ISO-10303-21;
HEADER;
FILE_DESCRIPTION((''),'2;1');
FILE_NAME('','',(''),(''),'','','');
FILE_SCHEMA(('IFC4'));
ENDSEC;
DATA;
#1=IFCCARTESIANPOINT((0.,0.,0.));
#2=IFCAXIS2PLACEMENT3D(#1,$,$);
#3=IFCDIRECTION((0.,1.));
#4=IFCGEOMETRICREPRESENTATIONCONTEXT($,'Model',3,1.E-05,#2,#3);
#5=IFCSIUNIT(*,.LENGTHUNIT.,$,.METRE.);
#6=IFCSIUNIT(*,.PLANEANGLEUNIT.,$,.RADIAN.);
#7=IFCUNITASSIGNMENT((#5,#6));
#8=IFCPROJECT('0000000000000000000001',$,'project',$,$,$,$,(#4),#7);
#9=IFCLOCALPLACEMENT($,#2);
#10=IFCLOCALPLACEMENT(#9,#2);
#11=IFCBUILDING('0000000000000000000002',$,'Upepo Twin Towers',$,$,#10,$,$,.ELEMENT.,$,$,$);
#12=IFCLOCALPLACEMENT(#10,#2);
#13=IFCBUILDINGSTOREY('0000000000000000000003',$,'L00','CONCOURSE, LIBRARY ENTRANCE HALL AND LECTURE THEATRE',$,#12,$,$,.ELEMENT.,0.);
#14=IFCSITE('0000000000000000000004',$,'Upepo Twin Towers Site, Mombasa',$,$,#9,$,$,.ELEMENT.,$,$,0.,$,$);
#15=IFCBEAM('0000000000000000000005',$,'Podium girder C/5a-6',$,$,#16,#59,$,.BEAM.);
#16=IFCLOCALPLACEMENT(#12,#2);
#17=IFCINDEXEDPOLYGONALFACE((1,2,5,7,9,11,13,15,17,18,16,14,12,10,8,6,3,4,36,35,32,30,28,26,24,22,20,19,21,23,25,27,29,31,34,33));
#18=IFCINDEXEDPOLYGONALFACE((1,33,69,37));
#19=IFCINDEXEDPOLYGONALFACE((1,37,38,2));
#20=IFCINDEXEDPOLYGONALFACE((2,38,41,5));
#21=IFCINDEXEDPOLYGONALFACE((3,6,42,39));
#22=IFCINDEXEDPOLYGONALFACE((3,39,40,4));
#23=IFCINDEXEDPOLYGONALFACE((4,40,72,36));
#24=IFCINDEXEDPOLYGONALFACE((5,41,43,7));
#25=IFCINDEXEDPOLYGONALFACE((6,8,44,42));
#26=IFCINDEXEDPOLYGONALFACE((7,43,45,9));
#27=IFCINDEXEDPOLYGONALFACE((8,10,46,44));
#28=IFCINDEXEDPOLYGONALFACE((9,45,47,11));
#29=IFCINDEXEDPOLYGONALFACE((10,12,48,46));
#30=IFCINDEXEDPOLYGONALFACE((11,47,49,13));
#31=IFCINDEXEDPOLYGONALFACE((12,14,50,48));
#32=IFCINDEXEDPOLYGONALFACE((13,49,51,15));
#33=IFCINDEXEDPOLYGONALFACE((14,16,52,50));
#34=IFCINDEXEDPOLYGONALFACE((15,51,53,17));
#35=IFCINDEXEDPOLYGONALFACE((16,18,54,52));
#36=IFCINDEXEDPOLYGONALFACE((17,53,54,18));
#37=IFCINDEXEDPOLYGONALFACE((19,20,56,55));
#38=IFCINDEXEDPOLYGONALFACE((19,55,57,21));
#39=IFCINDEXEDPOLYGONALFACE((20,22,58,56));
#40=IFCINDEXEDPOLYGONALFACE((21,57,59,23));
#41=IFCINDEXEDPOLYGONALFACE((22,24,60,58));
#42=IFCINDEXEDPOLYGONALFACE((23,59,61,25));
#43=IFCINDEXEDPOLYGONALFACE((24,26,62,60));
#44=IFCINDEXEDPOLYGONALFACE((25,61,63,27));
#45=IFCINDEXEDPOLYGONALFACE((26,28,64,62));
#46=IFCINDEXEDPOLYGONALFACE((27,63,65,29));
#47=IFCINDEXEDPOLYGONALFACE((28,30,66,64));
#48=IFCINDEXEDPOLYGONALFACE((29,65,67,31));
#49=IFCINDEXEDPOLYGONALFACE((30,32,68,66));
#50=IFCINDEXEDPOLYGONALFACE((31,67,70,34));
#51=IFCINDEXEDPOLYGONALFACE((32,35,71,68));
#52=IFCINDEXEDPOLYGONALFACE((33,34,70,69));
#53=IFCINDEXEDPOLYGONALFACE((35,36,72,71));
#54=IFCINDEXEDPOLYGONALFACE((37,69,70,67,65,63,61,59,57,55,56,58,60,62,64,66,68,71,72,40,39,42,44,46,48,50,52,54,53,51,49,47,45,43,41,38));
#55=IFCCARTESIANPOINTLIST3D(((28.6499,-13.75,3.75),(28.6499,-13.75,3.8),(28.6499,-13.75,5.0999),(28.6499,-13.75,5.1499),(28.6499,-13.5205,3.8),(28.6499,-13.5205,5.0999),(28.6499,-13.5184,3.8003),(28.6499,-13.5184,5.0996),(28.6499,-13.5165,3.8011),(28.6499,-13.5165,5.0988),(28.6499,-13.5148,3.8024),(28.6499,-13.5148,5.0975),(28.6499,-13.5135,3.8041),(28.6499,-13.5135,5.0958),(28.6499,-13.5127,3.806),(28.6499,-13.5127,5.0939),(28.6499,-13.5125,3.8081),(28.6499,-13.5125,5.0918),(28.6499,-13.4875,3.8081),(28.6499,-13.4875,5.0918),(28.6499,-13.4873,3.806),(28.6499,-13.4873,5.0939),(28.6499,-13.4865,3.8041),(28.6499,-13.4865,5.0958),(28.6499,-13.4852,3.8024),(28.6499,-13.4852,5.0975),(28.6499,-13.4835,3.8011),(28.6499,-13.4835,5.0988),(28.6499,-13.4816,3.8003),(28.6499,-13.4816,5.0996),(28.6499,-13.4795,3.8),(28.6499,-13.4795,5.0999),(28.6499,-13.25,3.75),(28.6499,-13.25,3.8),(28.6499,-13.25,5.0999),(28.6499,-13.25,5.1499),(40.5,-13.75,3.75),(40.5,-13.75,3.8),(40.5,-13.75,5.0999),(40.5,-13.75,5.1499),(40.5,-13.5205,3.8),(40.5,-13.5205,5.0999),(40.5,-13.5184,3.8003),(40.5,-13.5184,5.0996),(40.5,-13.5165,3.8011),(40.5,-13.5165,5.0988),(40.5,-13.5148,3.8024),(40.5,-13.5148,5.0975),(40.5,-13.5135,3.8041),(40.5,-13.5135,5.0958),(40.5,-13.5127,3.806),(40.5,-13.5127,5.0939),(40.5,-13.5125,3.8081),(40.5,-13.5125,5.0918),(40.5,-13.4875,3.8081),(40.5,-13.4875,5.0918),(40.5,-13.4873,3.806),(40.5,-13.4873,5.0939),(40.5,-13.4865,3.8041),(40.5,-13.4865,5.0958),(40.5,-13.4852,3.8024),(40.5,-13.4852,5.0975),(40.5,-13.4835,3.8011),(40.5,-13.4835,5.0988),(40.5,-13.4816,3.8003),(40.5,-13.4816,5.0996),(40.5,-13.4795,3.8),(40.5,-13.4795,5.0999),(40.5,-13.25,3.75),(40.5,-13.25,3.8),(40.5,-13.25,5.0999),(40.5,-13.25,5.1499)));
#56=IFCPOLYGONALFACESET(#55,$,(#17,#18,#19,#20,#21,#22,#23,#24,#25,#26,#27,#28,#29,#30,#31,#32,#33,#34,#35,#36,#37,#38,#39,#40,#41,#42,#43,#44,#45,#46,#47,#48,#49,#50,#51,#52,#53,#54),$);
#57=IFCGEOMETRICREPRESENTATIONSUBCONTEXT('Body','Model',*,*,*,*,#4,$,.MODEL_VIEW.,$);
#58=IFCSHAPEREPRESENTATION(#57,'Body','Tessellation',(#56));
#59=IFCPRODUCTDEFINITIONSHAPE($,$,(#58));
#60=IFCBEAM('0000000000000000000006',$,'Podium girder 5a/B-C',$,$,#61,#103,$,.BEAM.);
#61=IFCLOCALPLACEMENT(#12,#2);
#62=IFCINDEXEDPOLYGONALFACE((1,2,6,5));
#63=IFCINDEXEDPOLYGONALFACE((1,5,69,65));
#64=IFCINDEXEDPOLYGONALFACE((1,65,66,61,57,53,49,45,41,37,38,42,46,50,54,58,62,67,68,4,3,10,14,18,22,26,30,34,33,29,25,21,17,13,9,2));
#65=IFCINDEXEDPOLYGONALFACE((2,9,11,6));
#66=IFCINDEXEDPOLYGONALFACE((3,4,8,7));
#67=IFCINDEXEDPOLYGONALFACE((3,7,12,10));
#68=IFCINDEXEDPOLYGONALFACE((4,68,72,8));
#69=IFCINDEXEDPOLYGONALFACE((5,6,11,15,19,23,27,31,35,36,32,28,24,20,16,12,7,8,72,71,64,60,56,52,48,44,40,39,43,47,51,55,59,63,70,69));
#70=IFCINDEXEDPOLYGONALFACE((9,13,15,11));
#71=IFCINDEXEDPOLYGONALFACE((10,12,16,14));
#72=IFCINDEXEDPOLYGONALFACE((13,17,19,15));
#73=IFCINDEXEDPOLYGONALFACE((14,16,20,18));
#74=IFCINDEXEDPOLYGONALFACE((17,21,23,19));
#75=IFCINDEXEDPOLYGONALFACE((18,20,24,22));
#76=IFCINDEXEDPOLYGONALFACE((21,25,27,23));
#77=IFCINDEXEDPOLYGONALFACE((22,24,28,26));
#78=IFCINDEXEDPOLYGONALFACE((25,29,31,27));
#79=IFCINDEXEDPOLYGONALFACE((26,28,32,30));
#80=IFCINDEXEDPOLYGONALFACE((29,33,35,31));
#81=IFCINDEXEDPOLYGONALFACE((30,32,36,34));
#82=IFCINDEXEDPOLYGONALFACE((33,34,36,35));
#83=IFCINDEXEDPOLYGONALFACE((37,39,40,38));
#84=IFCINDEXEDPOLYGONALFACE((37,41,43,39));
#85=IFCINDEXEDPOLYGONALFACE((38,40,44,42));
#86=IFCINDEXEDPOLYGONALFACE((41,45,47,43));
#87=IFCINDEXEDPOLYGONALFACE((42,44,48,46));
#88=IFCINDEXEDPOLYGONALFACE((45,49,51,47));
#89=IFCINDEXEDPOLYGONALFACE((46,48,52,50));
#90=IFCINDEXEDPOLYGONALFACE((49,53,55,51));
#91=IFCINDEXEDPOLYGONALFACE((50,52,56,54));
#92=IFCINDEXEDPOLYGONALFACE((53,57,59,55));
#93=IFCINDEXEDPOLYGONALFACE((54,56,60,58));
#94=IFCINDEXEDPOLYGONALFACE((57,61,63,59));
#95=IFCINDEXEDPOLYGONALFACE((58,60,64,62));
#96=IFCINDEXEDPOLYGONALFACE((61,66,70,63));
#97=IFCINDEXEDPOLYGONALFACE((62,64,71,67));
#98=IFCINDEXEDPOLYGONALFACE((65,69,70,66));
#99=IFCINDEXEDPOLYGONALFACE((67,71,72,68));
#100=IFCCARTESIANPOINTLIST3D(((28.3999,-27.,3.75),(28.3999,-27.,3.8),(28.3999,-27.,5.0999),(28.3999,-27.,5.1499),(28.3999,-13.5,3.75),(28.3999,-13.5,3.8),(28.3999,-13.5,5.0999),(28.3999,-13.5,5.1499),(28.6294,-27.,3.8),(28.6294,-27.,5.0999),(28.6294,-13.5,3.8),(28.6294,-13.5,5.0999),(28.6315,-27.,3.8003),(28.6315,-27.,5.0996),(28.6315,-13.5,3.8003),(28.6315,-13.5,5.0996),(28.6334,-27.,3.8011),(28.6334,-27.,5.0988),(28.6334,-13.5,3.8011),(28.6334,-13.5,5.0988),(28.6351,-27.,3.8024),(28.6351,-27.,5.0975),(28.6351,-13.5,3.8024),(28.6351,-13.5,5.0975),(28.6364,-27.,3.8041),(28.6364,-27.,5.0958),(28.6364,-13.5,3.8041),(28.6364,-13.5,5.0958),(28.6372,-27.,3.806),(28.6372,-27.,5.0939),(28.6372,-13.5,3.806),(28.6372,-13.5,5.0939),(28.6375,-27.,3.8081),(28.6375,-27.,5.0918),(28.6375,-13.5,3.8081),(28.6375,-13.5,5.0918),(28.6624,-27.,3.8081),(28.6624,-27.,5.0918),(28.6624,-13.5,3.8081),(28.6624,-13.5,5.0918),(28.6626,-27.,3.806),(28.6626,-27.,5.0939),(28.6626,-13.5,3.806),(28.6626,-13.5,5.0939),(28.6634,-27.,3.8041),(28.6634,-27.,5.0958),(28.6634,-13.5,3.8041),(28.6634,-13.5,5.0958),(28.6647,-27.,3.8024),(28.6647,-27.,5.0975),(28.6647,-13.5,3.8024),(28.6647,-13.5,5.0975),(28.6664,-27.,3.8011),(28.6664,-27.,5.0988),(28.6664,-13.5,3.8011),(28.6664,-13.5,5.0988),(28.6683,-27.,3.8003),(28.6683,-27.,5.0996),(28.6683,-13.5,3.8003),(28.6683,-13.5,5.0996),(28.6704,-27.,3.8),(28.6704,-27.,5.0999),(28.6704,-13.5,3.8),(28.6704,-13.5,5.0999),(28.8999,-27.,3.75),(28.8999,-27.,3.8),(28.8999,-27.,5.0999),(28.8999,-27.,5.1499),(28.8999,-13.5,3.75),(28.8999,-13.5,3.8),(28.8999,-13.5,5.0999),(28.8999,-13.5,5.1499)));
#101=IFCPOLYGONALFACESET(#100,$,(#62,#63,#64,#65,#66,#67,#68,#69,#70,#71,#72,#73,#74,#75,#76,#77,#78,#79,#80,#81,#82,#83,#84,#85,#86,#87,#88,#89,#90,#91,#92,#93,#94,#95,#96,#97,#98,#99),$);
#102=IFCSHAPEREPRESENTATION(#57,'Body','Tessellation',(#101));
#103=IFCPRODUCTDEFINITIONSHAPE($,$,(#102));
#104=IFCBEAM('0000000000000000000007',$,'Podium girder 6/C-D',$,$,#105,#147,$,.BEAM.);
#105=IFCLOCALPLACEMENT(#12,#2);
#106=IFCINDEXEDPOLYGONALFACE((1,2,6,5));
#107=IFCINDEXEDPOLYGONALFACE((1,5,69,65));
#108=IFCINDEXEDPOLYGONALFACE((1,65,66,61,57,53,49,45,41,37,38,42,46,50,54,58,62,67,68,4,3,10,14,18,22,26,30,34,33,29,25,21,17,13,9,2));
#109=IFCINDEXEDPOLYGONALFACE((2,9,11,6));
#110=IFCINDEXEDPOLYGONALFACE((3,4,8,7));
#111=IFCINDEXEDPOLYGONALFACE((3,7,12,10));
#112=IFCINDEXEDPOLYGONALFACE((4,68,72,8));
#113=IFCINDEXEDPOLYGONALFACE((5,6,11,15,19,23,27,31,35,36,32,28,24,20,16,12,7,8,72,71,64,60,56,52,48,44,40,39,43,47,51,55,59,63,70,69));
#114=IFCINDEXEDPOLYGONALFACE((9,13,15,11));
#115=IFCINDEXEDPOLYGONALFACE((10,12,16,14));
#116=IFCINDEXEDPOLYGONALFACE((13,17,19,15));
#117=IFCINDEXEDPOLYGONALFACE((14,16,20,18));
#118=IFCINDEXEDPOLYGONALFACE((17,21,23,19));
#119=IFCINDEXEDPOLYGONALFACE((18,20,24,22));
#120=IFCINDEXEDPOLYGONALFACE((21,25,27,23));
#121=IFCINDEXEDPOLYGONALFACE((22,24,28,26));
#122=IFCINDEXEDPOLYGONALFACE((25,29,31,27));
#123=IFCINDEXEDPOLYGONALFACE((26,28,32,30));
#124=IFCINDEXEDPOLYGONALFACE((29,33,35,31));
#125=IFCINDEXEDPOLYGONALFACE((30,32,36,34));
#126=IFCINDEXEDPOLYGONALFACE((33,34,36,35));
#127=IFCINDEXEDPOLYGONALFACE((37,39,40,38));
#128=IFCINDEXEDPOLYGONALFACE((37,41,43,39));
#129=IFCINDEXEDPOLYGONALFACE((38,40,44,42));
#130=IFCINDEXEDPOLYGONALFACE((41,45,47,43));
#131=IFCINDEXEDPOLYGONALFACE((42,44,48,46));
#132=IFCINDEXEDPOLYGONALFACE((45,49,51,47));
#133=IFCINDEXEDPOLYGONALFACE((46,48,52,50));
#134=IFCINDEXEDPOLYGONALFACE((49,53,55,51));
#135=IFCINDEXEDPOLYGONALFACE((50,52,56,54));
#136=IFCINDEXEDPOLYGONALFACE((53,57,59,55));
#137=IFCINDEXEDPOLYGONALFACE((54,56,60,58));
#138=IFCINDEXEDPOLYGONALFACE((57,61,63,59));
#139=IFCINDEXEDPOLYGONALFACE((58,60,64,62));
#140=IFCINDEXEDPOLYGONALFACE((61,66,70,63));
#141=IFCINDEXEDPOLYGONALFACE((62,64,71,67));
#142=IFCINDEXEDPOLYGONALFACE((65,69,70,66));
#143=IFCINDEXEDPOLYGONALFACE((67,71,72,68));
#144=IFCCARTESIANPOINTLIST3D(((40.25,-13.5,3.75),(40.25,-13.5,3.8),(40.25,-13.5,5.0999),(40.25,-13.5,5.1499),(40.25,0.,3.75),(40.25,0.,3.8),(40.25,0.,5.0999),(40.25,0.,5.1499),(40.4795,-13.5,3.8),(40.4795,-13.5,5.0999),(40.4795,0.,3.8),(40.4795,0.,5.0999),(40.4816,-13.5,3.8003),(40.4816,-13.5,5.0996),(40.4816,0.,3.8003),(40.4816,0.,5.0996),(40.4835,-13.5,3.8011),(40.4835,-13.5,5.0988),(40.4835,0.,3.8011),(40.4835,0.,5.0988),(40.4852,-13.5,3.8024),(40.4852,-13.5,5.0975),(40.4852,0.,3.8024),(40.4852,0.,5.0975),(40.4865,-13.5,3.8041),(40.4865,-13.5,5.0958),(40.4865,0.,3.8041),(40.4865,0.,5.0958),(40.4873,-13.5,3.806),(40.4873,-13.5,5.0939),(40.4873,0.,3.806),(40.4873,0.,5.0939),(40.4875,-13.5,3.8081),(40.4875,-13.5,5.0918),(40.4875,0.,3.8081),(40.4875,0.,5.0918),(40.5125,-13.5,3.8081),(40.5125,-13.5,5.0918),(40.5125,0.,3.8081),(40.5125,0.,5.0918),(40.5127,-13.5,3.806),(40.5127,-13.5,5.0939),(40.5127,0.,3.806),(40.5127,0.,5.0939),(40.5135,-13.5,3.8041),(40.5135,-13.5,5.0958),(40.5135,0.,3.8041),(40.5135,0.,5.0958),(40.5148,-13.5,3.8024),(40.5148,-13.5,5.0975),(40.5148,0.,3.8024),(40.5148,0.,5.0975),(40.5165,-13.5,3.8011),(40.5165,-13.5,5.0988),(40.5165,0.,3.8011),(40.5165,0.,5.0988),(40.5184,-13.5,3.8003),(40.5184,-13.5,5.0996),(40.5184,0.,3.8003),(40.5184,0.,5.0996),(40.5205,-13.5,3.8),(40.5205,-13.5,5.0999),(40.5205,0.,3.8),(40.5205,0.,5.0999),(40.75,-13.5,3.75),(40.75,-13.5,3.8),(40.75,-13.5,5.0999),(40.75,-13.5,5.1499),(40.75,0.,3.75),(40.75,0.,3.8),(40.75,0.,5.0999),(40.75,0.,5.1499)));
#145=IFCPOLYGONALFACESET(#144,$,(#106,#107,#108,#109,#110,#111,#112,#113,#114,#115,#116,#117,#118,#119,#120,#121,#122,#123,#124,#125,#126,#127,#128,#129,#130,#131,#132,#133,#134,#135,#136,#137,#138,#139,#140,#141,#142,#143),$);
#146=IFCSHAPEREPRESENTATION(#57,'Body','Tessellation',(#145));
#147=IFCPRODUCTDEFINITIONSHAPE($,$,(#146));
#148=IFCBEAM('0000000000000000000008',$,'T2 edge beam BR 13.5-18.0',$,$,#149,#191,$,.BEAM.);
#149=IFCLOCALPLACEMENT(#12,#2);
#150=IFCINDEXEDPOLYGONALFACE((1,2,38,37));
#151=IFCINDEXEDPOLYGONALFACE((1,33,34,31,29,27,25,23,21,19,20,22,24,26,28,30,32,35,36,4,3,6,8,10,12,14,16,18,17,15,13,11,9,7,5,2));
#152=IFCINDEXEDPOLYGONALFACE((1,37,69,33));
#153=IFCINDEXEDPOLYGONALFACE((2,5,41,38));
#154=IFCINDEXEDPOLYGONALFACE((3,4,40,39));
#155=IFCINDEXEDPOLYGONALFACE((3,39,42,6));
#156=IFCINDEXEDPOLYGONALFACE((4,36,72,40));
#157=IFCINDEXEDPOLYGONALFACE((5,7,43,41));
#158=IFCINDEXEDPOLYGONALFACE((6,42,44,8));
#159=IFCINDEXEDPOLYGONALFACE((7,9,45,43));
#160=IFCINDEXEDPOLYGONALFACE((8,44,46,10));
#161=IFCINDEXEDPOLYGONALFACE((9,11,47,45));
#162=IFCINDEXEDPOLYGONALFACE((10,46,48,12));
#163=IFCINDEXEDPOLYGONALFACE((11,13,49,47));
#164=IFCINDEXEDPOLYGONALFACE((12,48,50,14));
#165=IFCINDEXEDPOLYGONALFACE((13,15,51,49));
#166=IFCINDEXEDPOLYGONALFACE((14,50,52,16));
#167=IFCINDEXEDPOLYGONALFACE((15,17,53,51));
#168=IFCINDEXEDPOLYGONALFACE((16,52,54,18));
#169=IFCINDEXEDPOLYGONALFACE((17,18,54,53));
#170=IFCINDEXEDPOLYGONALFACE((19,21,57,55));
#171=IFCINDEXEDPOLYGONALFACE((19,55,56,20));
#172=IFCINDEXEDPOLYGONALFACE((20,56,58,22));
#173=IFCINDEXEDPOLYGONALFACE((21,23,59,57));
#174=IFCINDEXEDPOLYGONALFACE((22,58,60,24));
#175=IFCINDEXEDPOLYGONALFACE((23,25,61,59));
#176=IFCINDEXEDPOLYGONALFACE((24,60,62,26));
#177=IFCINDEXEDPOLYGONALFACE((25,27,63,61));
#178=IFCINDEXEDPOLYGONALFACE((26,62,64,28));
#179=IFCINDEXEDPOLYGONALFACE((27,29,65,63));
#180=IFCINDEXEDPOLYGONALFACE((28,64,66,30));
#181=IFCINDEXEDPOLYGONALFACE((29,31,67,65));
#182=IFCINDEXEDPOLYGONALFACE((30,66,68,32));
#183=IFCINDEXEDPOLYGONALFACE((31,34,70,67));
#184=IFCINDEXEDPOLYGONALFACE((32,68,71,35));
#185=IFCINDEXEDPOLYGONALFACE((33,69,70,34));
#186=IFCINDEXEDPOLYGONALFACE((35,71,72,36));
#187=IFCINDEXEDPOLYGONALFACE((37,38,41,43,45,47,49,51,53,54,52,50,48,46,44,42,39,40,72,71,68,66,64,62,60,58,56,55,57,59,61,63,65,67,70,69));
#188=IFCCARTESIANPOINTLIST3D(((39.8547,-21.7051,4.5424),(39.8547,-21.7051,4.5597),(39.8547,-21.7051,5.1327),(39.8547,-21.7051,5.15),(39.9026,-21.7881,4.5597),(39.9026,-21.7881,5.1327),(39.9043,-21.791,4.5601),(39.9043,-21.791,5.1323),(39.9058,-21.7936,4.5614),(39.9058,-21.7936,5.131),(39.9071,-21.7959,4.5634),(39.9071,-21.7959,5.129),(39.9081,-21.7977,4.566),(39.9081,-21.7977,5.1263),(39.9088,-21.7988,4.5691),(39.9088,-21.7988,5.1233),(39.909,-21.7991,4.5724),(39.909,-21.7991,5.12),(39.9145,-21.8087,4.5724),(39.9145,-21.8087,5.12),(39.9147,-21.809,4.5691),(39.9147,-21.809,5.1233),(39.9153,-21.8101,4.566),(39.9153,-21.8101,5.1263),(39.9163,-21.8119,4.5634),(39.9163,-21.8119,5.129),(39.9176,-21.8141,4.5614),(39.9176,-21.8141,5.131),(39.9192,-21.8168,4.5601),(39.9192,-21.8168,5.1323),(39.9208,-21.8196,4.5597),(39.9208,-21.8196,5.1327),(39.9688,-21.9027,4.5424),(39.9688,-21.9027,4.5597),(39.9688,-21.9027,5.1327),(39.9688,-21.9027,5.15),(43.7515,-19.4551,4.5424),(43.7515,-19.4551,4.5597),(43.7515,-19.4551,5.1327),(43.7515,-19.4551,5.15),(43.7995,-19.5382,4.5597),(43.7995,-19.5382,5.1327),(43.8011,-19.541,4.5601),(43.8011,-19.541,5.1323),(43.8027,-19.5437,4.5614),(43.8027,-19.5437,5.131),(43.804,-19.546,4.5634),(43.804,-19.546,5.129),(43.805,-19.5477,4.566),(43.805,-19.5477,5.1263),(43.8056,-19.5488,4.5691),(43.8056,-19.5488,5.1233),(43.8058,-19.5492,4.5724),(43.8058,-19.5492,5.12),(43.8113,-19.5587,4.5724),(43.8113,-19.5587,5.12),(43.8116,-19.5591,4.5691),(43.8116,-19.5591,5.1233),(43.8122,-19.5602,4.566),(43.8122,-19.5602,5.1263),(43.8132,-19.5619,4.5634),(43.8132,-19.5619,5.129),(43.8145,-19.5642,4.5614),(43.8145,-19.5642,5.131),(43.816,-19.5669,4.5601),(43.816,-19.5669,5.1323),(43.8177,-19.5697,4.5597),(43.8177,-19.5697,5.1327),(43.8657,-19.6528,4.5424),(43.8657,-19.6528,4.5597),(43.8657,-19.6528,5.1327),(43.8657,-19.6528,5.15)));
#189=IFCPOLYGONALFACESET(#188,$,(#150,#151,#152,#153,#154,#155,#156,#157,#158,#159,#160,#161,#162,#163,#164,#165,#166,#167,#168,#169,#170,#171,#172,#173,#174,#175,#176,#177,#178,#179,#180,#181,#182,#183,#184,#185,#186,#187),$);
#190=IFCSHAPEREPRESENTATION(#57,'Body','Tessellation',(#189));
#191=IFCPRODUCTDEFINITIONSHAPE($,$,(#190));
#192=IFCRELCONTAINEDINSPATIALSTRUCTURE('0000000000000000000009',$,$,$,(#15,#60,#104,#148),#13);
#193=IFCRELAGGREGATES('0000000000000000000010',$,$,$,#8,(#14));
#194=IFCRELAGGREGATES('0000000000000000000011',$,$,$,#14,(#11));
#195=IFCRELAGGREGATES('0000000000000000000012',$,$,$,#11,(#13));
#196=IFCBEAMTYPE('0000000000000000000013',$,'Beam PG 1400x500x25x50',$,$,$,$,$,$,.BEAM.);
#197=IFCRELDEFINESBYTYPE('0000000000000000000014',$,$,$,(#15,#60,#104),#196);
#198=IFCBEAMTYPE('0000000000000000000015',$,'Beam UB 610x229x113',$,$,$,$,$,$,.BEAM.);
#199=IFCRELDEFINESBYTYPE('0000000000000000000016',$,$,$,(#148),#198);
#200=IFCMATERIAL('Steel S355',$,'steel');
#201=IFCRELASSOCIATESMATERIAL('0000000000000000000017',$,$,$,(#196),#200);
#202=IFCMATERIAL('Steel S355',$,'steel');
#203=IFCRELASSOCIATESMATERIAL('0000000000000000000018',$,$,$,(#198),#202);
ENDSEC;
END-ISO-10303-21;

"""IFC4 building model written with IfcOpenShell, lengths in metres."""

from ifc_helpers import new_model, si_unit, direction, frame, origin, origin_2d, place, context, subcontext, project, spatial, i_section, extrude, material, material_profile, profile_set, type_object, element, save


model = new_model("IFC4")

# Units and contexts
model_context = context("Model", 3, precision=1e-05, world=origin(), true_north=direction((0.0, 1.0)))
body_context = subcontext(model_context, "Body", "Model", "MODEL_VIEW")
ifc_project = project(units=[si_unit("LENGTHUNIT", "METRE"), si_unit("PLANEANGLEUNIT", "RADIAN")], contexts=[model_context])

# Site, building, storey
site_placement = place(None, origin())
site = spatial("IfcSite", under=ifc_project, at=site_placement, Name="Upepo Twin Towers Site, Mombasa", CompositionType="ELEMENT", RefElevation=0.0)
building_placement = place(site_placement, origin())
building = spatial("IfcBuilding", under=site, at=building_placement, Name="Upepo Twin Towers", CompositionType="ELEMENT")
storey_placement = place(building_placement, origin())
storey = spatial("IfcBuildingStorey", under=building, at=storey_placement, Name="L00", Description="CONCOURSE, LIBRARY ENTRANCE HALL AND LECTURE THEATRE", CompositionType="ELEMENT", Elevation=0.0)

# Beams
ifc_material_1 = material(Name="Steel S355", Category="steel")
ifc_material_profile_1 = material_profile(ifc_material_1, i_section(OverallWidth=0.5, OverallDepth=1.3999, WebThickness=0.0249, FlangeThickness=0.05, FilletRadius=0.0081, at=origin_2d()), Name="PG 1400x500x25x50")
ifc_profile_set_1 = profile_set([ifc_material_profile_1], Name="Steel S355")
beam_type_1 = type_object("IfcBeamType", Name="Beam PG 1400x500x25x50", PredefinedType="BEAM", material=ifc_profile_set_1)
beam_1_placement = place(storey_placement, frame((28.6499, -13.5, 4.45), z_axis=(1.0, 0.0, 0.0), x_axis=(0.0, 1.0, 0.0)))
element("IfcBeam", 1, at=beam_1_placement, inside=storey, type_object=beam_type_1, Name="Podium girder C/5a-6", PredefinedType="BEAM", context=body_context, shape_type="SweptSolid", body=[
    extrude(i_section(OverallWidth=0.5, OverallDepth=1.3999, WebThickness=0.0249, FlangeThickness=0.05, FilletRadius=0.0081, at=origin_2d()), origin(), (0.0, 0.0, 1.0), 11.8501),
])
for number, where, z_axis, x_axis, name in (
    (2, (28.6499, -27.0, 4.45), (0.0, 1.0, 0.0), (-1.0, 0.0, 0.0), "Podium girder 5a/B-C"),
    (3, (40.5, -13.5, 4.45), (0.0, 1.0, 0.0), (-1.0, 0.0, 0.0), "Podium girder 6/C-D"),
):
    element("IfcBeam", number, at=place(storey_placement, frame(where, z_axis=z_axis, x_axis=x_axis)), inside=storey, type_object=beam_type_1, Name=name, PredefinedType="BEAM", context=body_context, shape_type="SweptSolid", body=[
        extrude(i_section(OverallWidth=0.5, OverallDepth=1.3999, WebThickness=0.0249, FlangeThickness=0.05, FilletRadius=0.0081, at=origin_2d()), origin(), (0.0, 0.0, 1.0), 13.5),
    ])
ifc_material_2 = material(Name="Steel S355", Category="steel")
ifc_material_profile_2 = material_profile(ifc_material_2, i_section(OverallWidth=0.2283, OverallDepth=0.6077, WebThickness=0.011, FlangeThickness=0.0173, FilletRadius=0.0127, at=origin_2d()), Name="UB 610x229x113")
ifc_profile_set_2 = profile_set([ifc_material_profile_2], Name="Steel S355")
beam_type_2 = type_object("IfcBeamType", Name="Beam UB 610x229x113", PredefinedType="BEAM", material=ifc_profile_set_2)
beam_2_placement = place(storey_placement, frame((43.8086, -19.554, 4.8462), z_axis=(-0.866018, -0.500014, 0.0), x_axis=(0.500014, -0.866018, 0.0)))
element("IfcBeam", 4, at=beam_2_placement, inside=storey, type_object=beam_type_2, Name="T2 edge beam BR 13.5-18.0", PredefinedType="BEAM", context=body_context, shape_type="SweptSolid", body=[
    extrude(i_section(OverallWidth=0.2283, OverallDepth=0.6077, WebThickness=0.011, FlangeThickness=0.0173, FilletRadius=0.0127, at=origin_2d()), origin(), (0.0, 0.0, 1.0), 4.4998),
])

save(model, "model.ifc")
